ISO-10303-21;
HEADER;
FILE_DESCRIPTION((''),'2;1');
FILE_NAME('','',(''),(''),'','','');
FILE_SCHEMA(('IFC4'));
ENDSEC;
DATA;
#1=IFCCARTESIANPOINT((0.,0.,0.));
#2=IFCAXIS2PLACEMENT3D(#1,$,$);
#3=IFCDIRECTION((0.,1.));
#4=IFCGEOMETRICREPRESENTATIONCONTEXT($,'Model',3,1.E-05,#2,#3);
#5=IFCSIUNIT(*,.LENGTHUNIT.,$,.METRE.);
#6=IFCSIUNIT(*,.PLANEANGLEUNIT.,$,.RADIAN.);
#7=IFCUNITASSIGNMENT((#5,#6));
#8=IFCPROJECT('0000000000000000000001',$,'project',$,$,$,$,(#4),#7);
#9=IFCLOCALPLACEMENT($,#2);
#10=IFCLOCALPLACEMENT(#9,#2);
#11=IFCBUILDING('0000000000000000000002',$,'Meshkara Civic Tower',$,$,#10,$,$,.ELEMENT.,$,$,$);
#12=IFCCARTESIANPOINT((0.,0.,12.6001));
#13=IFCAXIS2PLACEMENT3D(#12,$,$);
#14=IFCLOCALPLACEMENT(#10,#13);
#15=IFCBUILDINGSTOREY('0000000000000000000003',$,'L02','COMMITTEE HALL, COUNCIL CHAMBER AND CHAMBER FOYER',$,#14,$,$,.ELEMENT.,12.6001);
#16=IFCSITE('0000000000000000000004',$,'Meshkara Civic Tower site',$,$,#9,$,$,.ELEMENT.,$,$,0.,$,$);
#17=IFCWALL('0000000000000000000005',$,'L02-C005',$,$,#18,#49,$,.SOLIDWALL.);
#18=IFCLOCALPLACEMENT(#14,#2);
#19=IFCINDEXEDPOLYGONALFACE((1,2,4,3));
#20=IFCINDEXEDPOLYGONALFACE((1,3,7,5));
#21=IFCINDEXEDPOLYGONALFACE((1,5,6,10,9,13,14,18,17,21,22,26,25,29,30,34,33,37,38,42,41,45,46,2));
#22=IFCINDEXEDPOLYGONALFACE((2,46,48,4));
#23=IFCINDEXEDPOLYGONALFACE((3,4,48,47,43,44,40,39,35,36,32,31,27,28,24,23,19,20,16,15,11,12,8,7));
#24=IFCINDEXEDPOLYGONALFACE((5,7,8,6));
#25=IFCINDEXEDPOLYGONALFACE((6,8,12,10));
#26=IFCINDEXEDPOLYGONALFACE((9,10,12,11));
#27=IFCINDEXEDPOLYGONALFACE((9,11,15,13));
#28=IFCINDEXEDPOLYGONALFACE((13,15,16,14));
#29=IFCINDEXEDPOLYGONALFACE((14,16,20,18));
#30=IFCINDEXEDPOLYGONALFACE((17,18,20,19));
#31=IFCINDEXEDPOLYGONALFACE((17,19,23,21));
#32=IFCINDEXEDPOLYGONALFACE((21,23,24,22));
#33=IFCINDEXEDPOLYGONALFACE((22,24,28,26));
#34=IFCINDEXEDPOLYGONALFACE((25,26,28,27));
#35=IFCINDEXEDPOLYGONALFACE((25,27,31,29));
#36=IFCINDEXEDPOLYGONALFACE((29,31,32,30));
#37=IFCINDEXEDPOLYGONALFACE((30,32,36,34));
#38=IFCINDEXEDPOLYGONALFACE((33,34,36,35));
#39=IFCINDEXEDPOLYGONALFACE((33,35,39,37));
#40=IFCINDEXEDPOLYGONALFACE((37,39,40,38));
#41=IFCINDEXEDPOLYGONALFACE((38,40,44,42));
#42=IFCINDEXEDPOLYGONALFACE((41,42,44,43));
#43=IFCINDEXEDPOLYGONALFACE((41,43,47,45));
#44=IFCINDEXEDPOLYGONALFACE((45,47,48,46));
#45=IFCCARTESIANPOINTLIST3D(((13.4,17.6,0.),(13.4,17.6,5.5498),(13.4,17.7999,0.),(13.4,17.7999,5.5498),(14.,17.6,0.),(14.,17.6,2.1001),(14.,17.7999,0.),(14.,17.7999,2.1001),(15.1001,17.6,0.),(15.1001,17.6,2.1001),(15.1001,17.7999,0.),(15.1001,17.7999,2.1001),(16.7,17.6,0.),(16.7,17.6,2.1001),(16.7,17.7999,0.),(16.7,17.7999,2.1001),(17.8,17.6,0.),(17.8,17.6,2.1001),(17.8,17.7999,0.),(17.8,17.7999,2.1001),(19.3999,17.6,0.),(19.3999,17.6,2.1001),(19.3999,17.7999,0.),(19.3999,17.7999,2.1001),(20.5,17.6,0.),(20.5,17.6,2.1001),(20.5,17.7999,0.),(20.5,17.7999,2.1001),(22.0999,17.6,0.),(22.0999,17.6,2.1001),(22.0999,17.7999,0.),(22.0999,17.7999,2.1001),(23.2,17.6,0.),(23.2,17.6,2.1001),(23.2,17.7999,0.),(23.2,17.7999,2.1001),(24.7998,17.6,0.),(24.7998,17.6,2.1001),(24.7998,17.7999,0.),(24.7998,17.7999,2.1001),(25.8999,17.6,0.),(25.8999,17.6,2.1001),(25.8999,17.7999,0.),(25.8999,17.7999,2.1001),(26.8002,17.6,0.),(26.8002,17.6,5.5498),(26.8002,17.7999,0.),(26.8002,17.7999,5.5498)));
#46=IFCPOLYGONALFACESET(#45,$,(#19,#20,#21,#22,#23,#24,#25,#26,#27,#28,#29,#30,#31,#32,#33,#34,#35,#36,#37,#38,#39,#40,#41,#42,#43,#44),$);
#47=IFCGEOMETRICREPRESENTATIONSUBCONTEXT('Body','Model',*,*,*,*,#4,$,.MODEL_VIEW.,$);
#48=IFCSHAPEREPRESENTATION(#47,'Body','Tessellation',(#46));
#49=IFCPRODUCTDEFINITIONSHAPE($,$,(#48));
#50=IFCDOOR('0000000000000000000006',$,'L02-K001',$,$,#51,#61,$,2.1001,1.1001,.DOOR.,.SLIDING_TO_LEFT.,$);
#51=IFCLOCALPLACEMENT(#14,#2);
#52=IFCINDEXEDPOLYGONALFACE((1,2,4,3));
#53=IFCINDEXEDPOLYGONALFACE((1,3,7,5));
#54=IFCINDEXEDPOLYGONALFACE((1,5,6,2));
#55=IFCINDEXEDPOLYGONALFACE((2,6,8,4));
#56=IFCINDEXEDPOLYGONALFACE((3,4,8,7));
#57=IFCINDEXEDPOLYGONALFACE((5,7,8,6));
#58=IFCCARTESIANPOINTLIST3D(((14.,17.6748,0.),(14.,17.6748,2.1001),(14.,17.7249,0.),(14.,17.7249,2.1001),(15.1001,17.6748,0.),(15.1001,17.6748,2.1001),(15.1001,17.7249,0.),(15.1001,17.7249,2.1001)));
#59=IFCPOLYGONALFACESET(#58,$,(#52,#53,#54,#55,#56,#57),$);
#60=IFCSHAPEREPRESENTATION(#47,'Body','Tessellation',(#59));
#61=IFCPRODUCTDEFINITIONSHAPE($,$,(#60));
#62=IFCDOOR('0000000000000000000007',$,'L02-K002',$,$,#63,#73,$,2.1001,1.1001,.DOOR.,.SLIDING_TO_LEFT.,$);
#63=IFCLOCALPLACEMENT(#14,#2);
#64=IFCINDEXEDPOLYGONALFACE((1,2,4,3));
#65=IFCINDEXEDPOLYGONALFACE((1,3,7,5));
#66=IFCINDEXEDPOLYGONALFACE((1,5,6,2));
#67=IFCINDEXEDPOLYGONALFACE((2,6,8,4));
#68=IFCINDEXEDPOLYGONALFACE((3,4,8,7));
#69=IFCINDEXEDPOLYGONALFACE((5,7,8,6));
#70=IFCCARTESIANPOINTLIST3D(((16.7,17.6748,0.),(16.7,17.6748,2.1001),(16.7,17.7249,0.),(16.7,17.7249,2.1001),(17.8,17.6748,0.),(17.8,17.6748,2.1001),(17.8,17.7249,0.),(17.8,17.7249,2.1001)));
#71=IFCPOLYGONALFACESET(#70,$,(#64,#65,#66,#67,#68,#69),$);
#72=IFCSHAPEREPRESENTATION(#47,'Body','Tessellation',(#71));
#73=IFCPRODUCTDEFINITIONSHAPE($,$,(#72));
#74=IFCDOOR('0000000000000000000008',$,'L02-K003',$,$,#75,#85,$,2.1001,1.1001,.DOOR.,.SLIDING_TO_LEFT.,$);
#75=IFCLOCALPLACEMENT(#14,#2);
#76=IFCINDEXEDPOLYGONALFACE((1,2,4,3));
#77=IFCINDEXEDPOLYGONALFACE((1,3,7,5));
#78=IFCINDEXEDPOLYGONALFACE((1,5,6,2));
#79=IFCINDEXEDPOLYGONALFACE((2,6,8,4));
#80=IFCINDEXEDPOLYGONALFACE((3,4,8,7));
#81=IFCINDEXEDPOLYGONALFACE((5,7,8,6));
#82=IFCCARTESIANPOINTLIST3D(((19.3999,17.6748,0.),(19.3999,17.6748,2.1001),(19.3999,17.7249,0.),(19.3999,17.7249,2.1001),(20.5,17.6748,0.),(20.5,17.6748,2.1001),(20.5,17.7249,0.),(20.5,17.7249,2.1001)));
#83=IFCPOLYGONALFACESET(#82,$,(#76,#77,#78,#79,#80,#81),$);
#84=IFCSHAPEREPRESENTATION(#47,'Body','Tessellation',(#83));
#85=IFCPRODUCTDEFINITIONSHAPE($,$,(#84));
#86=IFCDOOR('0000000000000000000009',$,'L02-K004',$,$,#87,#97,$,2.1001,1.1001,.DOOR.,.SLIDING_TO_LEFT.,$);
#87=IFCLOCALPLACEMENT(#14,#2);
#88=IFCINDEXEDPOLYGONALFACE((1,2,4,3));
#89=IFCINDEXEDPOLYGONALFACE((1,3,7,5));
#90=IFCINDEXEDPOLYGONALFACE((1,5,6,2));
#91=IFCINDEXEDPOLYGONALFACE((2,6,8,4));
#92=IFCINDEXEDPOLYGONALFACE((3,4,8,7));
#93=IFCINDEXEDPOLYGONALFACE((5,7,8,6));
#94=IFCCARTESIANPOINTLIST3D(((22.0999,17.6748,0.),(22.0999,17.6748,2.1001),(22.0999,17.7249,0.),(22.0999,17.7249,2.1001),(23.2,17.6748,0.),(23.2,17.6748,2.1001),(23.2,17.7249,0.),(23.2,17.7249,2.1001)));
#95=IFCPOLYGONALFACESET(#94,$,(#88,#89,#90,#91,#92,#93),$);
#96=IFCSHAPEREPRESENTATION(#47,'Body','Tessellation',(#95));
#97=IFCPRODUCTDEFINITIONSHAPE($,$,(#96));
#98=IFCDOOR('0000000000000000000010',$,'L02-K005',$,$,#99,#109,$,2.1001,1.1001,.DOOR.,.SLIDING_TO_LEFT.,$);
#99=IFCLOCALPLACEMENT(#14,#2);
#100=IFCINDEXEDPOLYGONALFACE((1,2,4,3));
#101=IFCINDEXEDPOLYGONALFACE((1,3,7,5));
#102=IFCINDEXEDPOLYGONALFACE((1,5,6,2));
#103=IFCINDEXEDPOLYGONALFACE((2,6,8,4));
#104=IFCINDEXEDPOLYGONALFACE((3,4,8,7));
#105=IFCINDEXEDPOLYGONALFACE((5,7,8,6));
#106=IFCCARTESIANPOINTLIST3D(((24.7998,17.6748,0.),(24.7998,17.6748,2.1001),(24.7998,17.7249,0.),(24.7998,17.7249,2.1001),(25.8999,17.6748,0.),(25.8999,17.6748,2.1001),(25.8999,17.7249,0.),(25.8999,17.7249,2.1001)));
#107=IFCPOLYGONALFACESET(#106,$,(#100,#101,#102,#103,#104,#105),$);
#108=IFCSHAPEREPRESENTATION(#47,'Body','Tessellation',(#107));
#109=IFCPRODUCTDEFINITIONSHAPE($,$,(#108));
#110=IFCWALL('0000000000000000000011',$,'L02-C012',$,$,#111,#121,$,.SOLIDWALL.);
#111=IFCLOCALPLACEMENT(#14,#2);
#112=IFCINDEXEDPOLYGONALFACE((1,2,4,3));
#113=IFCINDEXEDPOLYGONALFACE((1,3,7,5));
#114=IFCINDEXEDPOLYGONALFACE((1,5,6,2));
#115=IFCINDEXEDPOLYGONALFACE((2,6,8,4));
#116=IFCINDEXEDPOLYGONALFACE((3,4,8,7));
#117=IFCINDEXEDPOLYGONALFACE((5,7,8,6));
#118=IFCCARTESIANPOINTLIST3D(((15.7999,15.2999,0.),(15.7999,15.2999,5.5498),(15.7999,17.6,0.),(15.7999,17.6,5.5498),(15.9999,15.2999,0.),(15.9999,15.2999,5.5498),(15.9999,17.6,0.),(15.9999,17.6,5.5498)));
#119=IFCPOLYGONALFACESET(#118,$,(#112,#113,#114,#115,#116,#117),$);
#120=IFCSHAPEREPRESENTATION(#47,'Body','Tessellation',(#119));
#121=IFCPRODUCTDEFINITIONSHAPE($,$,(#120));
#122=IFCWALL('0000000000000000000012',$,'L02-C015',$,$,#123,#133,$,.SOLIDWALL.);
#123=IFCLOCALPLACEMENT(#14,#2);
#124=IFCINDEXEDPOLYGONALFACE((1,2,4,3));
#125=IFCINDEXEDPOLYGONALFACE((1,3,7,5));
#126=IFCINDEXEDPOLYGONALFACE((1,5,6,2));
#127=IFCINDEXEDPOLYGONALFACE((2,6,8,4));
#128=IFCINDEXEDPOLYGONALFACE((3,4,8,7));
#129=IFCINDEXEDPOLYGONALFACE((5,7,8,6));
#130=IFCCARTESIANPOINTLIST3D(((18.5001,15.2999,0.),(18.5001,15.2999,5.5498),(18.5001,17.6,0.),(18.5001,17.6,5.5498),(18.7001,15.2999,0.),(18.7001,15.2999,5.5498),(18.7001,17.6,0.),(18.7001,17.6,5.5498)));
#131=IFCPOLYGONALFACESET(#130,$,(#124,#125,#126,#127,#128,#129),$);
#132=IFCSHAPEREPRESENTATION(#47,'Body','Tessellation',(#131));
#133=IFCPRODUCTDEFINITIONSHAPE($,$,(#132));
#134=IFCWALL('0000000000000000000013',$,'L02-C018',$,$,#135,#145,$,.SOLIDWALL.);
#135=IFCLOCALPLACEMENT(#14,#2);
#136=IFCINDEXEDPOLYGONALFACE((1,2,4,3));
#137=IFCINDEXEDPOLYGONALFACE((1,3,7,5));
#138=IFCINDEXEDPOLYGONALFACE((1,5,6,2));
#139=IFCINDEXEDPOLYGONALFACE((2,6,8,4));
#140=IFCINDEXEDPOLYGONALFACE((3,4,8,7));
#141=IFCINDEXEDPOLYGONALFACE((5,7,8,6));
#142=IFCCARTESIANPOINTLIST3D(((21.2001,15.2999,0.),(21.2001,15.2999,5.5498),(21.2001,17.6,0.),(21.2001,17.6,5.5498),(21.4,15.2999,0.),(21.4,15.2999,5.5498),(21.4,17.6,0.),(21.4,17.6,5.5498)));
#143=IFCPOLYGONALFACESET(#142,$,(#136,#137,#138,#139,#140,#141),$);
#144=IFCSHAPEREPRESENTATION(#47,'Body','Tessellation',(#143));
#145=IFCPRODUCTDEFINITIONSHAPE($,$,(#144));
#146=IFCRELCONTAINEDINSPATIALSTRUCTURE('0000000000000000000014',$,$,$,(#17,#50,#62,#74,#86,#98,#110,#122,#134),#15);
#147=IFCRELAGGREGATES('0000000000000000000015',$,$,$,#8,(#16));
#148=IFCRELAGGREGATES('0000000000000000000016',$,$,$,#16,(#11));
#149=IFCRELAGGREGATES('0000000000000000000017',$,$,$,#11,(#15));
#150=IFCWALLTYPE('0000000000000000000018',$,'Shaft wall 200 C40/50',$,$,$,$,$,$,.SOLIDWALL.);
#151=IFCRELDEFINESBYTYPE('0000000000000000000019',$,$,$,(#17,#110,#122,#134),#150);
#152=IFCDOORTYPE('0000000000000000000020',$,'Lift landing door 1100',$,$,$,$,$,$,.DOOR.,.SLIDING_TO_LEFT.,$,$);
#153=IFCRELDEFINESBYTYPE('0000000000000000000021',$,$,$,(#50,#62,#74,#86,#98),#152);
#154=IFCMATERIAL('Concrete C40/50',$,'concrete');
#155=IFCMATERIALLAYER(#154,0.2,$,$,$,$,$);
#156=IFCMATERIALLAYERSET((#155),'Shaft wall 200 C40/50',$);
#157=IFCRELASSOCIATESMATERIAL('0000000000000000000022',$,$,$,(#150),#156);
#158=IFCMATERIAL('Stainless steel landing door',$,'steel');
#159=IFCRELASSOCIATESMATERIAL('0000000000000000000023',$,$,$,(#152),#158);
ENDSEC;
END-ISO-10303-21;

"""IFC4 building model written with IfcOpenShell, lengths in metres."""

from ifc_helpers import new_model, si_unit, direction, frame, frame_2d, origin, place, context, subcontext, project, spatial, rectangle, extrude, material, layer, layer_set, type_object, element, fill, save


model = new_model("IFC4")

# Units and contexts
model_context = context("Model", 3, precision=1e-05, world=origin(), true_north=direction((0.0, 1.0)))
body_context = subcontext(model_context, "Body", "Model", "MODEL_VIEW")
ifc_project = project(units=[si_unit("LENGTHUNIT", "METRE"), si_unit("PLANEANGLEUNIT", "RADIAN")], contexts=[model_context])

# Site, building, storey
site_placement = place(None, origin())
site = spatial("IfcSite", under=ifc_project, at=site_placement, Name="Meshkara Civic Tower site", CompositionType="ELEMENT", RefElevation=0.0)
building_placement = place(site_placement, origin())
building = spatial("IfcBuilding", under=site, at=building_placement, Name="Meshkara Civic Tower", CompositionType="ELEMENT")
storey_placement = place(building_placement, frame((0.0, 0.0, 12.6001)))
storey = spatial("IfcBuildingStorey", under=building, at=storey_placement, Name="L02", Description="COMMITTEE HALL, COUNCIL CHAMBER AND CHAMBER FOYER", CompositionType="ELEMENT", Elevation=12.6001)

# Wall, openings, doors
ifc_material_1 = material(Name="Concrete C40/50", Category="concrete")
ifc_layer_1 = layer(ifc_material_1, 0.2)
ifc_layer_set_1 = layer_set([ifc_layer_1], Name="Shaft wall 200 C40/50")
wall_type_1 = type_object("IfcWallType", Name="Shaft wall 200 C40/50", PredefinedType="SOLIDWALL", material=ifc_layer_set_1)
wall_1_placement = place(storey_placement, frame((13.3999, 17.7, 0.0), z_axis=(0.0, 0.0, 1.0), x_axis=(1.0, 0.0, 0.0)))
wall_1 = element("IfcWall", 1, at=wall_1_placement, inside=storey, type_object=wall_type_1, Name="L02-C005", PredefinedType="SOLIDWALL", context=body_context, shape_type="SweptSolid", body=[
    extrude(rectangle(XDim=13.4001, YDim=0.2, at=frame_2d((6.7002, 0.0))), origin(), (0.0, 0.0, 1.0), 5.5498),
])
opening_1_placement = place(wall_1_placement, frame((0.6001, 0.0, 0.0)))
opening_1 = element("IfcOpeningElement", 2, at=opening_1_placement, cuts=wall_1, PredefinedType="OPENING", context=body_context, shape_type="SweptSolid", body=[
    extrude(rectangle(XDim=1.1001, YDim=2.1001, at=frame_2d((0.55, 1.05))), frame((0.0, 0.1099, 0.0), z_axis=(0.0, -1.0, 0.0), x_axis=(1.0, 0.0, 0.0)), (0.0, 0.0, 1.0), 0.22),
])
opening_2_placement = place(wall_1_placement, frame((3.3, 0.0, 0.0)))
opening_2 = element("IfcOpeningElement", 3, at=opening_2_placement, cuts=wall_1, PredefinedType="OPENING", context=body_context, shape_type="SweptSolid", body=[
    extrude(rectangle(XDim=1.1001, YDim=2.1001, at=frame_2d((0.55, 1.05))), frame((0.0, 0.1099, 0.0), z_axis=(0.0, -1.0, 0.0), x_axis=(1.0, 0.0, 0.0)), (0.0, 0.0, 1.0), 0.22),
])
opening_3_placement = place(wall_1_placement, frame((6.0, 0.0, 0.0)))
opening_3 = element("IfcOpeningElement", 4, at=opening_3_placement, cuts=wall_1, PredefinedType="OPENING", context=body_context, shape_type="SweptSolid", body=[
    extrude(rectangle(XDim=1.1001, YDim=2.1001, at=frame_2d((0.55, 1.05))), frame((0.0, 0.1099, 0.0), z_axis=(0.0, -1.0, 0.0), x_axis=(1.0, 0.0, 0.0)), (0.0, 0.0, 1.0), 0.22),
])
opening_4_placement = place(wall_1_placement, frame((8.7, 0.0, 0.0)))
opening_4 = element("IfcOpeningElement", 5, at=opening_4_placement, cuts=wall_1, PredefinedType="OPENING", context=body_context, shape_type="SweptSolid", body=[
    extrude(rectangle(XDim=1.1001, YDim=2.1001, at=frame_2d((0.55, 1.05))), frame((0.0, 0.1099, 0.0), z_axis=(0.0, -1.0, 0.0), x_axis=(1.0, 0.0, 0.0)), (0.0, 0.0, 1.0), 0.22),
])
opening_5_placement = place(wall_1_placement, frame((11.3999, 0.0, 0.0)))
opening_5 = element("IfcOpeningElement", 6, at=opening_5_placement, cuts=wall_1, PredefinedType="OPENING", context=body_context, shape_type="SweptSolid", body=[
    extrude(rectangle(XDim=1.1001, YDim=2.1001, at=frame_2d((0.55, 1.05))), frame((0.0, 0.1099, 0.0), z_axis=(0.0, -1.0, 0.0), x_axis=(1.0, 0.0, 0.0)), (0.0, 0.0, 1.0), 0.22),
])
ifc_material_2 = material(Name="Stainless steel landing door", Category="steel")
door_type_1 = type_object("IfcDoorType", Name="Lift landing door 1100", OperationType="SLIDING_TO_LEFT", PredefinedType="DOOR", material=ifc_material_2)
door_1_placement = place(opening_1_placement, origin())
door_1 = element("IfcDoor", 7, at=door_1_placement, inside=storey, type_object=door_type_1, Name="L02-K001", OperationType="SLIDING_TO_LEFT", OverallHeight=2.1001, OverallWidth=1.1001, PredefinedType="DOOR", context=body_context, shape_type="SweptSolid", body=[
    extrude(rectangle(XDim=1.1001, YDim=2.1001, at=frame_2d((0.55, 1.05))), frame((0.0, 0.0249, 0.0), z_axis=(0.0, -1.0, 0.0), x_axis=(1.0, 0.0, 0.0)), (0.0, 0.0, 1.0), 0.05),
])
fill(opening_1, door_1)
door_2_placement = place(opening_2_placement, origin())
door_2 = element("IfcDoor", 8, at=door_2_placement, inside=storey, type_object=door_type_1, Name="L02-K002", OperationType="SLIDING_TO_LEFT", OverallHeight=2.1001, OverallWidth=1.1001, PredefinedType="DOOR", context=body_context, shape_type="SweptSolid", body=[
    extrude(rectangle(XDim=1.1001, YDim=2.1001, at=frame_2d((0.55, 1.05))), frame((0.0, 0.0249, 0.0), z_axis=(0.0, -1.0, 0.0), x_axis=(1.0, 0.0, 0.0)), (0.0, 0.0, 1.0), 0.05),
])
fill(opening_2, door_2)
door_3_placement = place(opening_3_placement, origin())
door_3 = element("IfcDoor", 9, at=door_3_placement, inside=storey, type_object=door_type_1, Name="L02-K003", OperationType="SLIDING_TO_LEFT", OverallHeight=2.1001, OverallWidth=1.1001, PredefinedType="DOOR", context=body_context, shape_type="SweptSolid", body=[
    extrude(rectangle(XDim=1.1001, YDim=2.1001, at=frame_2d((0.55, 1.05))), frame((0.0, 0.0249, 0.0), z_axis=(0.0, -1.0, 0.0), x_axis=(1.0, 0.0, 0.0)), (0.0, 0.0, 1.0), 0.05),
])
fill(opening_3, door_3)
door_4_placement = place(opening_4_placement, origin())
door_4 = element("IfcDoor", 10, at=door_4_placement, inside=storey, type_object=door_type_1, Name="L02-K004", OperationType="SLIDING_TO_LEFT", OverallHeight=2.1001, OverallWidth=1.1001, PredefinedType="DOOR", context=body_context, shape_type="SweptSolid", body=[
    extrude(rectangle(XDim=1.1001, YDim=2.1001, at=frame_2d((0.55, 1.05))), frame((0.0, 0.0249, 0.0), z_axis=(0.0, -1.0, 0.0), x_axis=(1.0, 0.0, 0.0)), (0.0, 0.0, 1.0), 0.05),
])
fill(opening_4, door_4)
door_5_placement = place(opening_5_placement, origin())
door_5 = element("IfcDoor", 11, at=door_5_placement, inside=storey, type_object=door_type_1, Name="L02-K005", OperationType="SLIDING_TO_LEFT", OverallHeight=2.1001, OverallWidth=1.1001, PredefinedType="DOOR", context=body_context, shape_type="SweptSolid", body=[
    extrude(rectangle(XDim=1.1001, YDim=2.1001, at=frame_2d((0.55, 1.05))), frame((0.0, 0.0249, 0.0), z_axis=(0.0, -1.0, 0.0), x_axis=(1.0, 0.0, 0.0)), (0.0, 0.0, 1.0), 0.05),
])
fill(opening_5, door_5)

# Walls
for number, where, z_axis, x_axis, name in (
    (12, (15.8999, 15.3, 0.0), (0.0, 0.0, 1.0), (0.0, 1.0, 0.0), "L02-C012"),
    (13, (18.6001, 15.3, 0.0), (0.0, 0.0, 1.0), (0.0, 1.0, 0.0), "L02-C015"),
    (14, (21.3, 15.3, 0.0), (0.0, 0.0, 1.0), (0.0, 1.0, 0.0), "L02-C018"),
):
    element("IfcWall", number, at=place(storey_placement, frame(where, z_axis=z_axis, x_axis=x_axis)), inside=storey, type_object=wall_type_1, Name=name, PredefinedType="SOLIDWALL", context=body_context, shape_type="SweptSolid", body=[
        extrude(rectangle(XDim=2.3, YDim=0.2, at=frame_2d((1.1499, 0.0))), origin(), (0.0, 0.0, 1.0), 5.5498),
    ])

save(model, "model.ifc")
